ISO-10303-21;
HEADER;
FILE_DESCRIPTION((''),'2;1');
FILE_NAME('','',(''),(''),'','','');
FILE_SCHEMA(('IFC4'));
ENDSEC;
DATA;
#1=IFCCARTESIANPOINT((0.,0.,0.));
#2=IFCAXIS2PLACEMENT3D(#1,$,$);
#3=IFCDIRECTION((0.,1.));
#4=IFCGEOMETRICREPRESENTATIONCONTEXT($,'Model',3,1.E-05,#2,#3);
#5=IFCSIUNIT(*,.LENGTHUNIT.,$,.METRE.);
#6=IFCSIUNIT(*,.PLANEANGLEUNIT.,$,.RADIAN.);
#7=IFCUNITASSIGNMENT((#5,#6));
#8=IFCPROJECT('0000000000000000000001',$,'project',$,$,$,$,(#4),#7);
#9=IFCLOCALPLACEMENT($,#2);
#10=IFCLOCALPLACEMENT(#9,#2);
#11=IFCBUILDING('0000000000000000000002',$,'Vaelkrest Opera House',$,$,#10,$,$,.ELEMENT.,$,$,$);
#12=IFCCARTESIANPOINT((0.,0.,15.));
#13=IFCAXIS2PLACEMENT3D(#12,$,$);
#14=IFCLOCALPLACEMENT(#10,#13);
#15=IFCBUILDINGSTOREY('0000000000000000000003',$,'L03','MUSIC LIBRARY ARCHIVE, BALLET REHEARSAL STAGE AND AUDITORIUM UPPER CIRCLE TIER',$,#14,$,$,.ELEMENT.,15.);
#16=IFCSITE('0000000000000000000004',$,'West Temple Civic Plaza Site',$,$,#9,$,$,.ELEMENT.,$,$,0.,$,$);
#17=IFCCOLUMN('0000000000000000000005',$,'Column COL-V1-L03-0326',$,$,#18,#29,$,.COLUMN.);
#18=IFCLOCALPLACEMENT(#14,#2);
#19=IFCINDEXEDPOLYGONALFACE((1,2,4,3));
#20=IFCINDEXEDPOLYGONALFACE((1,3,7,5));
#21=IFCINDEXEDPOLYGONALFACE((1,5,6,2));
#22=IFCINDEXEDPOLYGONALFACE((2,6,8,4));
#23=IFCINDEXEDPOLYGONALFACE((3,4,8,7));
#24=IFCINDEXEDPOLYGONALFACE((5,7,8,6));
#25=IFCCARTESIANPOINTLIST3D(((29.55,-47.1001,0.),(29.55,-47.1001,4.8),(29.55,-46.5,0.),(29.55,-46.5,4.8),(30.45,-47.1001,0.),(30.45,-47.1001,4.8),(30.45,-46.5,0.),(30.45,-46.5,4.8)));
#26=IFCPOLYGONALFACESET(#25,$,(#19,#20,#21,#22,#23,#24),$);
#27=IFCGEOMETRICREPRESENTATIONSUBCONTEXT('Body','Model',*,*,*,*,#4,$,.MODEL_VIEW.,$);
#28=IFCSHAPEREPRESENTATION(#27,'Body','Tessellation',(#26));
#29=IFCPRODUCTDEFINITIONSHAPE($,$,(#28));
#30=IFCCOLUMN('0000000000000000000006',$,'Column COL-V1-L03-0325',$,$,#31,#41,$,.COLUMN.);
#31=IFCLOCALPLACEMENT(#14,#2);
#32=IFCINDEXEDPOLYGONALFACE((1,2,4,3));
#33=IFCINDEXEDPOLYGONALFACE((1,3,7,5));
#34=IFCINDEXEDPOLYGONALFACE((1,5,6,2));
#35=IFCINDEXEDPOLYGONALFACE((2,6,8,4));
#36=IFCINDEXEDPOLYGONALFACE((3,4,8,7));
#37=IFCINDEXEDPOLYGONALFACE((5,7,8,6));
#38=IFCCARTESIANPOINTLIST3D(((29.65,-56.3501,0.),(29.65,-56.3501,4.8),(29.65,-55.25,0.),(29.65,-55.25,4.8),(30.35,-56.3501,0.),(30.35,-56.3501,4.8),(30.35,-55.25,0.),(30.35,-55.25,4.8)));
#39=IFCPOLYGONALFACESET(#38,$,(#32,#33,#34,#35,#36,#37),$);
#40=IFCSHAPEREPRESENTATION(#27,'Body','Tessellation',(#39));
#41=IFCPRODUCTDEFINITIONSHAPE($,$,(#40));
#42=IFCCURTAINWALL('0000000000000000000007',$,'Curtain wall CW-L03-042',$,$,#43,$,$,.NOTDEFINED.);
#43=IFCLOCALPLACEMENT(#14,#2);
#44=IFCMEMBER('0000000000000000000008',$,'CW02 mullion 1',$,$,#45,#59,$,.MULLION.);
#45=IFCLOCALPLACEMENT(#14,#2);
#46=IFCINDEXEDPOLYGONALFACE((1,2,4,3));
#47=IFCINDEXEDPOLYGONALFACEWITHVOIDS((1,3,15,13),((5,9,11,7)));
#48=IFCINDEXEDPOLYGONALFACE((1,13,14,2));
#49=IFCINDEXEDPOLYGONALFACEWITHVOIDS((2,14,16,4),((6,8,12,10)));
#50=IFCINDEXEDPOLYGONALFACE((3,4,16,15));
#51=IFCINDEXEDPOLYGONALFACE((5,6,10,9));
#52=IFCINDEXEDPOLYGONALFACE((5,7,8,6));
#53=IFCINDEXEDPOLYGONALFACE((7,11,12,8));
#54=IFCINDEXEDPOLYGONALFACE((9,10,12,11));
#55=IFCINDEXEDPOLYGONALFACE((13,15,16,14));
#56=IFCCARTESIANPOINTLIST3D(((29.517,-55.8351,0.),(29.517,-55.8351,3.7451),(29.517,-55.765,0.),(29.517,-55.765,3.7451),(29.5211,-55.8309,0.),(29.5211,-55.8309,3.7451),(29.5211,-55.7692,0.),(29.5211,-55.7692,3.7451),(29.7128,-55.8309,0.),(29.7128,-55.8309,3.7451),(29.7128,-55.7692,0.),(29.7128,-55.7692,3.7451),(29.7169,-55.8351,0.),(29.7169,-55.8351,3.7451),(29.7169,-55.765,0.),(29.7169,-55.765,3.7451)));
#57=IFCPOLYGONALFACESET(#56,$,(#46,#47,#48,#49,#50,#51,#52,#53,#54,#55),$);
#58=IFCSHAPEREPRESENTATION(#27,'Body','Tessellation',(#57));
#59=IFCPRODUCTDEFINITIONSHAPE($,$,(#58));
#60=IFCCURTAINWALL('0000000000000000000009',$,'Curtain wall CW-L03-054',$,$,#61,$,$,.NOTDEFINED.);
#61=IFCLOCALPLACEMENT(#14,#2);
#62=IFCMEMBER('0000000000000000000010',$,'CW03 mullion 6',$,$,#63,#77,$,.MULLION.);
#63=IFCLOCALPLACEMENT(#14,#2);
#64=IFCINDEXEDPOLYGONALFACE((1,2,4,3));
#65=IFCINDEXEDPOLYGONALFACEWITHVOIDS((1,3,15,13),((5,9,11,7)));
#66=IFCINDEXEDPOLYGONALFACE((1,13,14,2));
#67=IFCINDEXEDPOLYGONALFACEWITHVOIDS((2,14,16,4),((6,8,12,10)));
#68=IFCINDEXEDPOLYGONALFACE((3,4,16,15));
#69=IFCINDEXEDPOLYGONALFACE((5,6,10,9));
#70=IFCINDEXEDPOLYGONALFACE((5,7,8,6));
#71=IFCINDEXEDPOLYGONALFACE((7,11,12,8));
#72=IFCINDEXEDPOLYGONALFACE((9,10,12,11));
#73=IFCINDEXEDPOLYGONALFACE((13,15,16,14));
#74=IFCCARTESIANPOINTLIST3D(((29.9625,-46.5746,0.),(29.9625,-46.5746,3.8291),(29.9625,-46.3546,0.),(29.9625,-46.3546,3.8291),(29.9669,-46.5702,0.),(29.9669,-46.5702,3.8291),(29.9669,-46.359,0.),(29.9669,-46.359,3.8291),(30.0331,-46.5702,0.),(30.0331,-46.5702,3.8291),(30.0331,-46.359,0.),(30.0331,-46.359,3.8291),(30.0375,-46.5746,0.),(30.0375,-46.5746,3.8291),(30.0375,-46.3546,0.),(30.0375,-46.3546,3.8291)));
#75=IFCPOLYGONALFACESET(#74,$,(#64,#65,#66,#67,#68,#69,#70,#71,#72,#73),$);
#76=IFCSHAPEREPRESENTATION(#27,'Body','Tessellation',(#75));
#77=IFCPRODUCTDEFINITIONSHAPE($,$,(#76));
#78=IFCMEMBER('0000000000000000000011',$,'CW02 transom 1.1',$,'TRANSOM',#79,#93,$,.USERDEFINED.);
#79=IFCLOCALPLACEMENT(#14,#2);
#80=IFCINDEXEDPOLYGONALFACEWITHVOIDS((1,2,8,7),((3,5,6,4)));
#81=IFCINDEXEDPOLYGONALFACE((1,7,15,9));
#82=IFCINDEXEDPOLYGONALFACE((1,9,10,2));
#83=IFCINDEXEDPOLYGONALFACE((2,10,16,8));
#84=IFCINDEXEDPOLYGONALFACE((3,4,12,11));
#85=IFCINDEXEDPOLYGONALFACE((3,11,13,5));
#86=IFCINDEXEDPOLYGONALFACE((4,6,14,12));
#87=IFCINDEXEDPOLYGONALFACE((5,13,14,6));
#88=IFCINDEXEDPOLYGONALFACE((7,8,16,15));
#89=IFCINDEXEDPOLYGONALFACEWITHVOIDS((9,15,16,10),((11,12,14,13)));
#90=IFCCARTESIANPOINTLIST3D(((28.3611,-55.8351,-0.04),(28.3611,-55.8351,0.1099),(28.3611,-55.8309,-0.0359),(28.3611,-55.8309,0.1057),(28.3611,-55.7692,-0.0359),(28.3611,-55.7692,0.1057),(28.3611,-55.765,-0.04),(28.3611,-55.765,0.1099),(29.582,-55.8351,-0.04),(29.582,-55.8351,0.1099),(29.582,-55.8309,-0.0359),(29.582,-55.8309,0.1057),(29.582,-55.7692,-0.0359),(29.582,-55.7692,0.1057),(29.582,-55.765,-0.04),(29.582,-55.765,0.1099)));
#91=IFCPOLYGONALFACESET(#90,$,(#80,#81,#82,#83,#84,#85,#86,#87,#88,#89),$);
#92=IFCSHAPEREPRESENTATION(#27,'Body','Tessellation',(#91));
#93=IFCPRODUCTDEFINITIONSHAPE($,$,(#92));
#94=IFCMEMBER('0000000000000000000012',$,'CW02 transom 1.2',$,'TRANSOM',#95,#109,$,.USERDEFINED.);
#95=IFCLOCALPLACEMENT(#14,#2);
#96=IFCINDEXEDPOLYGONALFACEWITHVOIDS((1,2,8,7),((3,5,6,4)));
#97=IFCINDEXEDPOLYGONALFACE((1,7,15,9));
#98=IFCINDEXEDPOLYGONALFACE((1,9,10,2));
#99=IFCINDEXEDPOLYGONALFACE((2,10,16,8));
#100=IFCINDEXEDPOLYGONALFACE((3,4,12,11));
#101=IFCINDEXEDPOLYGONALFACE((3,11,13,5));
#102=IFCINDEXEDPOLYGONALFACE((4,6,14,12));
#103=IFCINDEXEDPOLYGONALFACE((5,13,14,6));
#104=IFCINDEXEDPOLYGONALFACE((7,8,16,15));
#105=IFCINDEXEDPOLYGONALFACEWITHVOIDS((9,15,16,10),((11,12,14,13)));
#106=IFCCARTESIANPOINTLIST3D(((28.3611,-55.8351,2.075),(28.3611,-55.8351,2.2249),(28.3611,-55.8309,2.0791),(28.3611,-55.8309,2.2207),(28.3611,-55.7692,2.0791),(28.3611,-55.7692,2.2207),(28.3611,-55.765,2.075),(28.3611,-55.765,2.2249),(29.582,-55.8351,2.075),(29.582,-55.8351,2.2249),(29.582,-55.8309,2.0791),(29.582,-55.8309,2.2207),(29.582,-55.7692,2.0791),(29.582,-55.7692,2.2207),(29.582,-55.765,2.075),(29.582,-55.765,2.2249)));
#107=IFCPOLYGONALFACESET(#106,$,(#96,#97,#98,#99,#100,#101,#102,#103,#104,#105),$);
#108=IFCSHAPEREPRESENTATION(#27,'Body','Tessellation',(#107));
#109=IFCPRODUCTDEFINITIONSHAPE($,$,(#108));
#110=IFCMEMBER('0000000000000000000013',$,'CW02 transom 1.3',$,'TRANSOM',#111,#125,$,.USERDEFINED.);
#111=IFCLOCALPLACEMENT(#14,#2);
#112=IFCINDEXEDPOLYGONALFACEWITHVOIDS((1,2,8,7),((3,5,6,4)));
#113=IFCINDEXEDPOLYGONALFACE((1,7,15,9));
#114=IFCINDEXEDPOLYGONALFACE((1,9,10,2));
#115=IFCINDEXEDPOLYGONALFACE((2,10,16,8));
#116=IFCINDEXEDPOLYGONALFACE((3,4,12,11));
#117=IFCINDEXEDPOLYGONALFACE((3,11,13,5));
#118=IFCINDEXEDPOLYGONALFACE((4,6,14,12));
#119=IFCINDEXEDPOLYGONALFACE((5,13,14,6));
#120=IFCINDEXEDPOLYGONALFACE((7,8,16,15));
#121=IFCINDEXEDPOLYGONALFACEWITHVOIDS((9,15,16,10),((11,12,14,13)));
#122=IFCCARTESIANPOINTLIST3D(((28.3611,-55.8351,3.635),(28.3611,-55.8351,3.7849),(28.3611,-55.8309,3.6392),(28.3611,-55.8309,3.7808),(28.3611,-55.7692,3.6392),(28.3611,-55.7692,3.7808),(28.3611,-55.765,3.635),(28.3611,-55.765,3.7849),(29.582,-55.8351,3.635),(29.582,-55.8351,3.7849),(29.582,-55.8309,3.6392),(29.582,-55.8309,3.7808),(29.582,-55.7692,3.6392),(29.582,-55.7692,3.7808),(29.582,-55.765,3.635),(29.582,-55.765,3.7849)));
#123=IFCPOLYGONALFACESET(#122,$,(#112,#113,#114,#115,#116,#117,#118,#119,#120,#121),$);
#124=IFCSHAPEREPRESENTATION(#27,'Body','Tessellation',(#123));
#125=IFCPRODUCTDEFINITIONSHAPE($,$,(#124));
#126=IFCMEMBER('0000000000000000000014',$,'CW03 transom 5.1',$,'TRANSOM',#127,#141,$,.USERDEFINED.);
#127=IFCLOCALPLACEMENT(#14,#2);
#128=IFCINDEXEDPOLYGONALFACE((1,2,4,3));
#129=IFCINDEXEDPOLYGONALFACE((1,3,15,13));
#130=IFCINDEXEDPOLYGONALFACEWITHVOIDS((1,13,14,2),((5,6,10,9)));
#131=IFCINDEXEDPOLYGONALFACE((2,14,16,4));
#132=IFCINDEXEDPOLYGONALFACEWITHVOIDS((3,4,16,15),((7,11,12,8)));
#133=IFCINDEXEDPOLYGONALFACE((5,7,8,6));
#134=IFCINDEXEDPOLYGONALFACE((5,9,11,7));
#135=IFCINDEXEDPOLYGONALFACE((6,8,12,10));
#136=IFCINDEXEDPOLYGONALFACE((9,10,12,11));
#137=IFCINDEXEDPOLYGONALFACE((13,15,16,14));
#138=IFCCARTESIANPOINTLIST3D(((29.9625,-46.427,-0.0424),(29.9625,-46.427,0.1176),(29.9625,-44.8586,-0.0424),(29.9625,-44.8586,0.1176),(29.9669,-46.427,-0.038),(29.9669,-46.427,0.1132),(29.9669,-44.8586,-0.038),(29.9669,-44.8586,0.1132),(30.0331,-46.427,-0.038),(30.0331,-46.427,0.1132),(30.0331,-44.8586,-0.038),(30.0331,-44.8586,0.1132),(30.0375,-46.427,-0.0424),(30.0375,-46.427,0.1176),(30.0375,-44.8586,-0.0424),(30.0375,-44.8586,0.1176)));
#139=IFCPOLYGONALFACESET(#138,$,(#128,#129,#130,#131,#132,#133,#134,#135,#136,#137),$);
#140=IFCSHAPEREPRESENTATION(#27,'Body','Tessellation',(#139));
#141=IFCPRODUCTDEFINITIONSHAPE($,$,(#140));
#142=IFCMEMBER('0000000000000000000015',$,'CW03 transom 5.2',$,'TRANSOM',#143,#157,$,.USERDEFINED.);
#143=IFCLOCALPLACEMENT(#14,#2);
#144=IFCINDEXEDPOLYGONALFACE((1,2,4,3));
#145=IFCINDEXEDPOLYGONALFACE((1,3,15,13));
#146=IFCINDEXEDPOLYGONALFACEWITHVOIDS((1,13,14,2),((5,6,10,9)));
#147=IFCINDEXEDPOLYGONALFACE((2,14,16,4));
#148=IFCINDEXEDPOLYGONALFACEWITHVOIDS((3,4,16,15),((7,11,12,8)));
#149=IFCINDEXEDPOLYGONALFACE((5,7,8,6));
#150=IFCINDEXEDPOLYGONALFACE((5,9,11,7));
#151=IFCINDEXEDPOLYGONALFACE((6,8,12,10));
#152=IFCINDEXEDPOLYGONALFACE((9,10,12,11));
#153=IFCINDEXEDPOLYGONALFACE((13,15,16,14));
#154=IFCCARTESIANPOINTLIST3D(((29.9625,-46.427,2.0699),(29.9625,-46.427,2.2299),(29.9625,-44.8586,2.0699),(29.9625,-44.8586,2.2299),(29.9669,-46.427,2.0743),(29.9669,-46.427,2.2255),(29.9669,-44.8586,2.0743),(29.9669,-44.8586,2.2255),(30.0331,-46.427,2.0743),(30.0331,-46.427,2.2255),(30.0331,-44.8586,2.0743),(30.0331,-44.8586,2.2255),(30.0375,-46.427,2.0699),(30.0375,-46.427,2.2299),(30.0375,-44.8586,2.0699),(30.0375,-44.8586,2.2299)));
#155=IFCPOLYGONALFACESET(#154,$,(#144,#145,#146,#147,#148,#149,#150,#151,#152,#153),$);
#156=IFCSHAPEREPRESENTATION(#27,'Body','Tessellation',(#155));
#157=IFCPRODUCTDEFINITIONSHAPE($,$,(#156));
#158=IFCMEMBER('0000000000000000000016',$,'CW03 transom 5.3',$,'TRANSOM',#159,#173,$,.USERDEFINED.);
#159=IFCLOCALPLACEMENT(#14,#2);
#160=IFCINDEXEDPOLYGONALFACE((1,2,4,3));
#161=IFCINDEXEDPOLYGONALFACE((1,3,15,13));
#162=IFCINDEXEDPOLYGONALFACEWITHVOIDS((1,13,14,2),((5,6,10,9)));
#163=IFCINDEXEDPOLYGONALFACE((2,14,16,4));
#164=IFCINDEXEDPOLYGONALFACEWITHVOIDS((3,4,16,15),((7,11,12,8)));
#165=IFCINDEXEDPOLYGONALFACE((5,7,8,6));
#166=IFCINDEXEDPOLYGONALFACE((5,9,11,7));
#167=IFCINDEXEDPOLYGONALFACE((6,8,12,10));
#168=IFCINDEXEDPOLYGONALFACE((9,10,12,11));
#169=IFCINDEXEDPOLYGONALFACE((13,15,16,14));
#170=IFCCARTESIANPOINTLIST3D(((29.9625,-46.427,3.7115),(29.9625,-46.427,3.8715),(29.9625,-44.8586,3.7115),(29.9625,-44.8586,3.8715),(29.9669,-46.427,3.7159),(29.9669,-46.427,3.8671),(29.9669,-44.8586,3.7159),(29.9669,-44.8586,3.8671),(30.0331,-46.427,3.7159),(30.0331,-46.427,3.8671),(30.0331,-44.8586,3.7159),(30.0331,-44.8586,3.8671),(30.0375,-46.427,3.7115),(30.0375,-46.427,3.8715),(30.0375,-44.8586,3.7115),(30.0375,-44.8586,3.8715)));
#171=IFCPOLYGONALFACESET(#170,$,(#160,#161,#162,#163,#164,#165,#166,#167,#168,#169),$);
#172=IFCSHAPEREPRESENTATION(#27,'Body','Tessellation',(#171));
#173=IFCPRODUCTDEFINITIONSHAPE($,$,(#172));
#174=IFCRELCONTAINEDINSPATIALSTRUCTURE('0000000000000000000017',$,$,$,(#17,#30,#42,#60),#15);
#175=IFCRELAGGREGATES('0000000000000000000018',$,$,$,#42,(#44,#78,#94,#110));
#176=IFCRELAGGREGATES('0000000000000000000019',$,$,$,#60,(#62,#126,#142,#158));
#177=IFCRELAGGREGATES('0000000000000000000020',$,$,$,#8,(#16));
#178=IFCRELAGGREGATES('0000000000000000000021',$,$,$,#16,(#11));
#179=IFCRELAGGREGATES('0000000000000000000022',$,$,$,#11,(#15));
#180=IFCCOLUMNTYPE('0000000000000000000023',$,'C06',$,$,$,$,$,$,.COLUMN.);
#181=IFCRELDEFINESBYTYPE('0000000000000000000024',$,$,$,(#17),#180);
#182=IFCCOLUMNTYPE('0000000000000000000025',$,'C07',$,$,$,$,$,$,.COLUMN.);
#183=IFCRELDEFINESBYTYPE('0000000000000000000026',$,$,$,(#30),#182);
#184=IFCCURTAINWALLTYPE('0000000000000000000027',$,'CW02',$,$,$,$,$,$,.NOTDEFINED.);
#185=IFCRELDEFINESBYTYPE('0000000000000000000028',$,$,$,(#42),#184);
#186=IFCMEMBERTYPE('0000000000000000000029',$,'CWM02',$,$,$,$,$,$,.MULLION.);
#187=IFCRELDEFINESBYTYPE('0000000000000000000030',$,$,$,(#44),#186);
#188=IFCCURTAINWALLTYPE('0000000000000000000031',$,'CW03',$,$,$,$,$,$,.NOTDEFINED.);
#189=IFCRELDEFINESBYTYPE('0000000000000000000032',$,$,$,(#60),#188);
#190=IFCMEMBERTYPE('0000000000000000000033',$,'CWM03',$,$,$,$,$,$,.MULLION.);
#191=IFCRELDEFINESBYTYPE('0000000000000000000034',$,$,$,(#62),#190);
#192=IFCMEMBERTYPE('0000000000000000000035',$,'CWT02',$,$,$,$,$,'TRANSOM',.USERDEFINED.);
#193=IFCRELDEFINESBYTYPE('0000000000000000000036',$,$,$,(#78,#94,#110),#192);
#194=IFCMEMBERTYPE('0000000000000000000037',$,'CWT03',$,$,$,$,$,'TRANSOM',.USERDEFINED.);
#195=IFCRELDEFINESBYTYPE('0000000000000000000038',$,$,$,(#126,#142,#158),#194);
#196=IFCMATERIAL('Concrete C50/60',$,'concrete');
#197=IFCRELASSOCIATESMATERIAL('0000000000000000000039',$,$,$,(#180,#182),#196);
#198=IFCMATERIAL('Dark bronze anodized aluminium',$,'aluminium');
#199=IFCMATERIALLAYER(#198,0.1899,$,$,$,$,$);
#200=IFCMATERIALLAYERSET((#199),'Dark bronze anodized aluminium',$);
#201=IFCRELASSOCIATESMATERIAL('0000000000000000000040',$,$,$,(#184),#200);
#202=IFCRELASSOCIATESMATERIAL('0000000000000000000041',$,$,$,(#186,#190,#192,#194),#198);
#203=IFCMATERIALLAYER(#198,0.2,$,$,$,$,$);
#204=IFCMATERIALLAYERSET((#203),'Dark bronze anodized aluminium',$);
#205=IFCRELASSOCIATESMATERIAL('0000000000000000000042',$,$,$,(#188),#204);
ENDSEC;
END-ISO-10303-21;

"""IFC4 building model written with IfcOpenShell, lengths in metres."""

from ifc_helpers import new_model, si_unit, direction, frame, origin, origin_2d, place, context, subcontext, project, spatial, rectangle, hollow_rectangle, extrude, material, layer, layer_set, material_profile, profile_set, type_object, element, aggregate, save


model = new_model("IFC4")

# Units and contexts
model_context = context("Model", 3, precision=1e-05, world=origin(), true_north=direction((0.0, 1.0)))
body_context = subcontext(model_context, "Body", "Model", "MODEL_VIEW")
ifc_project = project(units=[si_unit("LENGTHUNIT", "METRE"), si_unit("PLANEANGLEUNIT", "RADIAN")], contexts=[model_context])

# Site, building, storey
site_placement = place(None, origin())
site = spatial("IfcSite", under=ifc_project, at=site_placement, Name="West Temple Civic Plaza Site", CompositionType="ELEMENT", RefElevation=0.0)
building_placement = place(site_placement, origin())
building = spatial("IfcBuilding", under=site, at=building_placement, Name="Vaelkrest Opera House", CompositionType="ELEMENT")
storey_placement = place(building_placement, frame((0.0, 0.0, 15.0)))
storey = spatial("IfcBuildingStorey", under=building, at=storey_placement, Name="L03", Description="MUSIC LIBRARY ARCHIVE, BALLET REHEARSAL STAGE AND AUDITORIUM UPPER CIRCLE TIER", CompositionType="ELEMENT", Elevation=15.0)

# Columns
ifc_material_1 = material(Name="Concrete C50/60", Category="concrete")
ifc_material_profile_1 = material_profile(ifc_material_1, rectangle(XDim=0.6001, YDim=0.8999, at=origin_2d()), Name="RC600X900")
ifc_profile_set_1 = profile_set([ifc_material_profile_1], Name="Concrete C50/60")
column_type_1 = type_object("IfcColumnType", Name="C06", PredefinedType="COLUMN", material=ifc_profile_set_1)
column_1_placement = place(storey_placement, frame((30.0, -46.8, 0.0), z_axis=(0.0, 0.0, 1.0), x_axis=(0.0, 1.0, 0.0)))
element("IfcColumn", 1, at=column_1_placement, inside=storey, type_object=column_type_1, Name="Column COL-V1-L03-0326", PredefinedType="COLUMN", context=body_context, shape_type="SweptSolid", body=[
    extrude(rectangle(XDim=0.6001, YDim=0.8999, at=origin_2d()), origin(), (0.0, 0.0, 1.0), 4.8),
])
ifc_material_profile_2 = material_profile(ifc_material_1, rectangle(XDim=0.7, YDim=1.1001, at=origin_2d()), Name="RC700X1100")
ifc_profile_set_2 = profile_set([ifc_material_profile_2], Name="Concrete C50/60")
column_type_2 = type_object("IfcColumnType", Name="C07", PredefinedType="COLUMN", material=ifc_profile_set_2)
column_2_placement = place(storey_placement, frame((30.0, -55.8, 0.0), z_axis=(0.0, 0.0, 1.0), x_axis=(1.0, 0.0, 0.0)))
element("IfcColumn", 2, at=column_2_placement, inside=storey, type_object=column_type_2, Name="Column COL-V1-L03-0325", PredefinedType="COLUMN", context=body_context, shape_type="SweptSolid", body=[
    extrude(rectangle(XDim=0.7, YDim=1.1001, at=origin_2d()), origin(), (0.0, 0.0, 1.0), 4.8),
])

# Curtain walls, members
ifc_material_2 = material(Name="Dark bronze anodized aluminium", Category="aluminium")
ifc_layer_1 = layer(ifc_material_2, 0.1899)
ifc_layer_set_1 = layer_set([ifc_layer_1], Name="Dark bronze anodized aluminium")
curtain_wall_type_1 = type_object("IfcCurtainWallType", Name="CW02", PredefinedType="NOTDEFINED", material=ifc_layer_set_1)
curtain_wall_1_placement = place(storey_placement, origin())
curtain_wall_1 = element("IfcCurtainWall", 3, at=curtain_wall_1_placement, inside=storey, type_object=curtain_wall_type_1, Name="Curtain wall CW-L03-042", PredefinedType="NOTDEFINED")
ifc_material_profile_3 = material_profile(ifc_material_2, hollow_rectangle(XDim=0.0701, YDim=0.2, WallThickness=0.0042, at=origin_2d()), Name="CWM70X200")
ifc_profile_set_3 = profile_set([ifc_material_profile_3], Name="Dark bronze anodized aluminium")
member_type_1 = type_object("IfcMemberType", Name="CWM02", PredefinedType="MULLION", material=ifc_profile_set_3)
member_1_placement = place(storey_placement, frame((29.6169, -55.8, 0.0), z_axis=(0.0, 0.0, 1.0), x_axis=(0.0, -1.0, 0.0)))
member_1 = element("IfcMember", 4, at=member_1_placement, type_object=member_type_1, Name="CW02 mullion 1", PredefinedType="MULLION", context=body_context, shape_type="SweptSolid", body=[
    extrude(hollow_rectangle(XDim=0.0701, YDim=0.2, WallThickness=0.0042, at=origin_2d()), origin(), (0.0, 0.0, 1.0), 3.7451),
])
ifc_layer_2 = layer(ifc_material_2, 0.2)
ifc_layer_set_2 = layer_set([ifc_layer_2], Name="Dark bronze anodized aluminium")
curtain_wall_type_2 = type_object("IfcCurtainWallType", Name="CW03", PredefinedType="NOTDEFINED", material=ifc_layer_set_2)
curtain_wall_2_placement = place(storey_placement, origin())
curtain_wall_2 = element("IfcCurtainWall", 5, at=curtain_wall_2_placement, inside=storey, type_object=curtain_wall_type_2, Name="Curtain wall CW-L03-054", PredefinedType="NOTDEFINED")
ifc_material_profile_4 = material_profile(ifc_material_2, hollow_rectangle(XDim=0.075, YDim=0.22, WallThickness=0.0044, at=origin_2d()), Name="CWM75X220")
ifc_profile_set_4 = profile_set([ifc_material_profile_4], Name="Dark bronze anodized aluminium")
member_type_2 = type_object("IfcMemberType", Name="CWM03", PredefinedType="MULLION", material=ifc_profile_set_4)
member_2_placement = place(storey_placement, frame((30.0, -46.4646, 0.0), z_axis=(0.0, 0.0, 1.0), x_axis=(1.0, 0.0, 0.0)))
member_2 = element("IfcMember", 6, at=member_2_placement, type_object=member_type_2, Name="CW03 mullion 6", PredefinedType="MULLION", context=body_context, shape_type="SweptSolid", body=[
    extrude(hollow_rectangle(XDim=0.075, YDim=0.22, WallThickness=0.0044, at=origin_2d()), origin(), (0.0, 0.0, 1.0), 3.8291),
])

# Members
ifc_material_profile_5 = material_profile(ifc_material_2, hollow_rectangle(XDim=0.0701, YDim=0.1499, WallThickness=0.0042, at=origin_2d()), Name="CWT70X150")
ifc_profile_set_5 = profile_set([ifc_material_profile_5], Name="Dark bronze anodized aluminium")
member_type_3 = type_object("IfcMemberType", Name="CWT02", ElementType="TRANSOM", PredefinedType="USERDEFINED", material=ifc_profile_set_5)
member_3_placement = place(storey_placement, frame((29.582, -55.8, 0.0349), z_axis=(-1.0, 0.0, 0.0), x_axis=(0.0, -1.0, 0.0)))
member_3 = element("IfcMember", 7, at=member_3_placement, type_object=member_type_3, Name="CW02 transom 1.1", ObjectType="TRANSOM", PredefinedType="USERDEFINED", context=body_context, shape_type="SweptSolid", body=[
    extrude(hollow_rectangle(XDim=0.0701, YDim=0.1499, WallThickness=0.0042, at=origin_2d()), origin(), (0.0, 0.0, 1.0), 1.2209),
])
member_4_placement = place(storey_placement, frame((29.582, -55.8, 2.1499), z_axis=(-1.0, 0.0, 0.0), x_axis=(0.0, -1.0, 0.0)))
member_4 = element("IfcMember", 8, at=member_4_placement, type_object=member_type_3, Name="CW02 transom 1.2", ObjectType="TRANSOM", PredefinedType="USERDEFINED", context=body_context, shape_type="SweptSolid", body=[
    extrude(hollow_rectangle(XDim=0.0701, YDim=0.1499, WallThickness=0.0042, at=origin_2d()), origin(), (0.0, 0.0, 1.0), 1.2209),
])
member_5_placement = place(storey_placement, frame((29.582, -55.8, 3.71), z_axis=(-1.0, 0.0, 0.0), x_axis=(0.0, -1.0, 0.0)))
member_5 = element("IfcMember", 9, at=member_5_placement, type_object=member_type_3, Name="CW02 transom 1.3", ObjectType="TRANSOM", PredefinedType="USERDEFINED", context=body_context, shape_type="SweptSolid", body=[
    extrude(hollow_rectangle(XDim=0.0701, YDim=0.1499, WallThickness=0.0042, at=origin_2d()), origin(), (0.0, 0.0, 1.0), 1.2209),
])
ifc_material_profile_6 = material_profile(ifc_material_2, hollow_rectangle(XDim=0.075, YDim=0.1599, WallThickness=0.0044, at=origin_2d()), Name="CWT75X160")
ifc_profile_set_6 = profile_set([ifc_material_profile_6], Name="Dark bronze anodized aluminium")
member_type_4 = type_object("IfcMemberType", Name="CWT03", ElementType="TRANSOM", PredefinedType="USERDEFINED", material=ifc_profile_set_6)
member_6_placement = place(storey_placement, frame((30.0, -44.8586, 0.0376), z_axis=(0.0, -1.0, 0.0), x_axis=(1.0, 0.0, 0.0)))
member_6 = element("IfcMember", 10, at=member_6_placement, type_object=member_type_4, Name="CW03 transom 5.1", ObjectType="TRANSOM", PredefinedType="USERDEFINED", context=body_context, shape_type="SweptSolid", body=[
    extrude(hollow_rectangle(XDim=0.075, YDim=0.1599, WallThickness=0.0044, at=origin_2d()), origin(), (0.0, 0.0, 1.0), 1.5684),
])
member_7_placement = place(storey_placement, frame((30.0, -44.8586, 2.1499), z_axis=(0.0, -1.0, 0.0), x_axis=(1.0, 0.0, 0.0)))
member_7 = element("IfcMember", 11, at=member_7_placement, type_object=member_type_4, Name="CW03 transom 5.2", ObjectType="TRANSOM", PredefinedType="USERDEFINED", context=body_context, shape_type="SweptSolid", body=[
    extrude(hollow_rectangle(XDim=0.075, YDim=0.1599, WallThickness=0.0044, at=origin_2d()), origin(), (0.0, 0.0, 1.0), 1.5684),
])
member_8_placement = place(storey_placement, frame((30.0, -44.8586, 3.7915), z_axis=(0.0, -1.0, 0.0), x_axis=(1.0, 0.0, 0.0)))
member_8 = element("IfcMember", 12, at=member_8_placement, type_object=member_type_4, Name="CW03 transom 5.3", ObjectType="TRANSOM", PredefinedType="USERDEFINED", context=body_context, shape_type="SweptSolid", body=[
    extrude(hollow_rectangle(XDim=0.075, YDim=0.1599, WallThickness=0.0044, at=origin_2d()), origin(), (0.0, 0.0, 1.0), 1.5684),
])

aggregate(curtain_wall_1, [member_1, member_3, member_4, member_5])
aggregate(curtain_wall_2, [member_2, member_6, member_7, member_8])

save(model, "model.ifc")
